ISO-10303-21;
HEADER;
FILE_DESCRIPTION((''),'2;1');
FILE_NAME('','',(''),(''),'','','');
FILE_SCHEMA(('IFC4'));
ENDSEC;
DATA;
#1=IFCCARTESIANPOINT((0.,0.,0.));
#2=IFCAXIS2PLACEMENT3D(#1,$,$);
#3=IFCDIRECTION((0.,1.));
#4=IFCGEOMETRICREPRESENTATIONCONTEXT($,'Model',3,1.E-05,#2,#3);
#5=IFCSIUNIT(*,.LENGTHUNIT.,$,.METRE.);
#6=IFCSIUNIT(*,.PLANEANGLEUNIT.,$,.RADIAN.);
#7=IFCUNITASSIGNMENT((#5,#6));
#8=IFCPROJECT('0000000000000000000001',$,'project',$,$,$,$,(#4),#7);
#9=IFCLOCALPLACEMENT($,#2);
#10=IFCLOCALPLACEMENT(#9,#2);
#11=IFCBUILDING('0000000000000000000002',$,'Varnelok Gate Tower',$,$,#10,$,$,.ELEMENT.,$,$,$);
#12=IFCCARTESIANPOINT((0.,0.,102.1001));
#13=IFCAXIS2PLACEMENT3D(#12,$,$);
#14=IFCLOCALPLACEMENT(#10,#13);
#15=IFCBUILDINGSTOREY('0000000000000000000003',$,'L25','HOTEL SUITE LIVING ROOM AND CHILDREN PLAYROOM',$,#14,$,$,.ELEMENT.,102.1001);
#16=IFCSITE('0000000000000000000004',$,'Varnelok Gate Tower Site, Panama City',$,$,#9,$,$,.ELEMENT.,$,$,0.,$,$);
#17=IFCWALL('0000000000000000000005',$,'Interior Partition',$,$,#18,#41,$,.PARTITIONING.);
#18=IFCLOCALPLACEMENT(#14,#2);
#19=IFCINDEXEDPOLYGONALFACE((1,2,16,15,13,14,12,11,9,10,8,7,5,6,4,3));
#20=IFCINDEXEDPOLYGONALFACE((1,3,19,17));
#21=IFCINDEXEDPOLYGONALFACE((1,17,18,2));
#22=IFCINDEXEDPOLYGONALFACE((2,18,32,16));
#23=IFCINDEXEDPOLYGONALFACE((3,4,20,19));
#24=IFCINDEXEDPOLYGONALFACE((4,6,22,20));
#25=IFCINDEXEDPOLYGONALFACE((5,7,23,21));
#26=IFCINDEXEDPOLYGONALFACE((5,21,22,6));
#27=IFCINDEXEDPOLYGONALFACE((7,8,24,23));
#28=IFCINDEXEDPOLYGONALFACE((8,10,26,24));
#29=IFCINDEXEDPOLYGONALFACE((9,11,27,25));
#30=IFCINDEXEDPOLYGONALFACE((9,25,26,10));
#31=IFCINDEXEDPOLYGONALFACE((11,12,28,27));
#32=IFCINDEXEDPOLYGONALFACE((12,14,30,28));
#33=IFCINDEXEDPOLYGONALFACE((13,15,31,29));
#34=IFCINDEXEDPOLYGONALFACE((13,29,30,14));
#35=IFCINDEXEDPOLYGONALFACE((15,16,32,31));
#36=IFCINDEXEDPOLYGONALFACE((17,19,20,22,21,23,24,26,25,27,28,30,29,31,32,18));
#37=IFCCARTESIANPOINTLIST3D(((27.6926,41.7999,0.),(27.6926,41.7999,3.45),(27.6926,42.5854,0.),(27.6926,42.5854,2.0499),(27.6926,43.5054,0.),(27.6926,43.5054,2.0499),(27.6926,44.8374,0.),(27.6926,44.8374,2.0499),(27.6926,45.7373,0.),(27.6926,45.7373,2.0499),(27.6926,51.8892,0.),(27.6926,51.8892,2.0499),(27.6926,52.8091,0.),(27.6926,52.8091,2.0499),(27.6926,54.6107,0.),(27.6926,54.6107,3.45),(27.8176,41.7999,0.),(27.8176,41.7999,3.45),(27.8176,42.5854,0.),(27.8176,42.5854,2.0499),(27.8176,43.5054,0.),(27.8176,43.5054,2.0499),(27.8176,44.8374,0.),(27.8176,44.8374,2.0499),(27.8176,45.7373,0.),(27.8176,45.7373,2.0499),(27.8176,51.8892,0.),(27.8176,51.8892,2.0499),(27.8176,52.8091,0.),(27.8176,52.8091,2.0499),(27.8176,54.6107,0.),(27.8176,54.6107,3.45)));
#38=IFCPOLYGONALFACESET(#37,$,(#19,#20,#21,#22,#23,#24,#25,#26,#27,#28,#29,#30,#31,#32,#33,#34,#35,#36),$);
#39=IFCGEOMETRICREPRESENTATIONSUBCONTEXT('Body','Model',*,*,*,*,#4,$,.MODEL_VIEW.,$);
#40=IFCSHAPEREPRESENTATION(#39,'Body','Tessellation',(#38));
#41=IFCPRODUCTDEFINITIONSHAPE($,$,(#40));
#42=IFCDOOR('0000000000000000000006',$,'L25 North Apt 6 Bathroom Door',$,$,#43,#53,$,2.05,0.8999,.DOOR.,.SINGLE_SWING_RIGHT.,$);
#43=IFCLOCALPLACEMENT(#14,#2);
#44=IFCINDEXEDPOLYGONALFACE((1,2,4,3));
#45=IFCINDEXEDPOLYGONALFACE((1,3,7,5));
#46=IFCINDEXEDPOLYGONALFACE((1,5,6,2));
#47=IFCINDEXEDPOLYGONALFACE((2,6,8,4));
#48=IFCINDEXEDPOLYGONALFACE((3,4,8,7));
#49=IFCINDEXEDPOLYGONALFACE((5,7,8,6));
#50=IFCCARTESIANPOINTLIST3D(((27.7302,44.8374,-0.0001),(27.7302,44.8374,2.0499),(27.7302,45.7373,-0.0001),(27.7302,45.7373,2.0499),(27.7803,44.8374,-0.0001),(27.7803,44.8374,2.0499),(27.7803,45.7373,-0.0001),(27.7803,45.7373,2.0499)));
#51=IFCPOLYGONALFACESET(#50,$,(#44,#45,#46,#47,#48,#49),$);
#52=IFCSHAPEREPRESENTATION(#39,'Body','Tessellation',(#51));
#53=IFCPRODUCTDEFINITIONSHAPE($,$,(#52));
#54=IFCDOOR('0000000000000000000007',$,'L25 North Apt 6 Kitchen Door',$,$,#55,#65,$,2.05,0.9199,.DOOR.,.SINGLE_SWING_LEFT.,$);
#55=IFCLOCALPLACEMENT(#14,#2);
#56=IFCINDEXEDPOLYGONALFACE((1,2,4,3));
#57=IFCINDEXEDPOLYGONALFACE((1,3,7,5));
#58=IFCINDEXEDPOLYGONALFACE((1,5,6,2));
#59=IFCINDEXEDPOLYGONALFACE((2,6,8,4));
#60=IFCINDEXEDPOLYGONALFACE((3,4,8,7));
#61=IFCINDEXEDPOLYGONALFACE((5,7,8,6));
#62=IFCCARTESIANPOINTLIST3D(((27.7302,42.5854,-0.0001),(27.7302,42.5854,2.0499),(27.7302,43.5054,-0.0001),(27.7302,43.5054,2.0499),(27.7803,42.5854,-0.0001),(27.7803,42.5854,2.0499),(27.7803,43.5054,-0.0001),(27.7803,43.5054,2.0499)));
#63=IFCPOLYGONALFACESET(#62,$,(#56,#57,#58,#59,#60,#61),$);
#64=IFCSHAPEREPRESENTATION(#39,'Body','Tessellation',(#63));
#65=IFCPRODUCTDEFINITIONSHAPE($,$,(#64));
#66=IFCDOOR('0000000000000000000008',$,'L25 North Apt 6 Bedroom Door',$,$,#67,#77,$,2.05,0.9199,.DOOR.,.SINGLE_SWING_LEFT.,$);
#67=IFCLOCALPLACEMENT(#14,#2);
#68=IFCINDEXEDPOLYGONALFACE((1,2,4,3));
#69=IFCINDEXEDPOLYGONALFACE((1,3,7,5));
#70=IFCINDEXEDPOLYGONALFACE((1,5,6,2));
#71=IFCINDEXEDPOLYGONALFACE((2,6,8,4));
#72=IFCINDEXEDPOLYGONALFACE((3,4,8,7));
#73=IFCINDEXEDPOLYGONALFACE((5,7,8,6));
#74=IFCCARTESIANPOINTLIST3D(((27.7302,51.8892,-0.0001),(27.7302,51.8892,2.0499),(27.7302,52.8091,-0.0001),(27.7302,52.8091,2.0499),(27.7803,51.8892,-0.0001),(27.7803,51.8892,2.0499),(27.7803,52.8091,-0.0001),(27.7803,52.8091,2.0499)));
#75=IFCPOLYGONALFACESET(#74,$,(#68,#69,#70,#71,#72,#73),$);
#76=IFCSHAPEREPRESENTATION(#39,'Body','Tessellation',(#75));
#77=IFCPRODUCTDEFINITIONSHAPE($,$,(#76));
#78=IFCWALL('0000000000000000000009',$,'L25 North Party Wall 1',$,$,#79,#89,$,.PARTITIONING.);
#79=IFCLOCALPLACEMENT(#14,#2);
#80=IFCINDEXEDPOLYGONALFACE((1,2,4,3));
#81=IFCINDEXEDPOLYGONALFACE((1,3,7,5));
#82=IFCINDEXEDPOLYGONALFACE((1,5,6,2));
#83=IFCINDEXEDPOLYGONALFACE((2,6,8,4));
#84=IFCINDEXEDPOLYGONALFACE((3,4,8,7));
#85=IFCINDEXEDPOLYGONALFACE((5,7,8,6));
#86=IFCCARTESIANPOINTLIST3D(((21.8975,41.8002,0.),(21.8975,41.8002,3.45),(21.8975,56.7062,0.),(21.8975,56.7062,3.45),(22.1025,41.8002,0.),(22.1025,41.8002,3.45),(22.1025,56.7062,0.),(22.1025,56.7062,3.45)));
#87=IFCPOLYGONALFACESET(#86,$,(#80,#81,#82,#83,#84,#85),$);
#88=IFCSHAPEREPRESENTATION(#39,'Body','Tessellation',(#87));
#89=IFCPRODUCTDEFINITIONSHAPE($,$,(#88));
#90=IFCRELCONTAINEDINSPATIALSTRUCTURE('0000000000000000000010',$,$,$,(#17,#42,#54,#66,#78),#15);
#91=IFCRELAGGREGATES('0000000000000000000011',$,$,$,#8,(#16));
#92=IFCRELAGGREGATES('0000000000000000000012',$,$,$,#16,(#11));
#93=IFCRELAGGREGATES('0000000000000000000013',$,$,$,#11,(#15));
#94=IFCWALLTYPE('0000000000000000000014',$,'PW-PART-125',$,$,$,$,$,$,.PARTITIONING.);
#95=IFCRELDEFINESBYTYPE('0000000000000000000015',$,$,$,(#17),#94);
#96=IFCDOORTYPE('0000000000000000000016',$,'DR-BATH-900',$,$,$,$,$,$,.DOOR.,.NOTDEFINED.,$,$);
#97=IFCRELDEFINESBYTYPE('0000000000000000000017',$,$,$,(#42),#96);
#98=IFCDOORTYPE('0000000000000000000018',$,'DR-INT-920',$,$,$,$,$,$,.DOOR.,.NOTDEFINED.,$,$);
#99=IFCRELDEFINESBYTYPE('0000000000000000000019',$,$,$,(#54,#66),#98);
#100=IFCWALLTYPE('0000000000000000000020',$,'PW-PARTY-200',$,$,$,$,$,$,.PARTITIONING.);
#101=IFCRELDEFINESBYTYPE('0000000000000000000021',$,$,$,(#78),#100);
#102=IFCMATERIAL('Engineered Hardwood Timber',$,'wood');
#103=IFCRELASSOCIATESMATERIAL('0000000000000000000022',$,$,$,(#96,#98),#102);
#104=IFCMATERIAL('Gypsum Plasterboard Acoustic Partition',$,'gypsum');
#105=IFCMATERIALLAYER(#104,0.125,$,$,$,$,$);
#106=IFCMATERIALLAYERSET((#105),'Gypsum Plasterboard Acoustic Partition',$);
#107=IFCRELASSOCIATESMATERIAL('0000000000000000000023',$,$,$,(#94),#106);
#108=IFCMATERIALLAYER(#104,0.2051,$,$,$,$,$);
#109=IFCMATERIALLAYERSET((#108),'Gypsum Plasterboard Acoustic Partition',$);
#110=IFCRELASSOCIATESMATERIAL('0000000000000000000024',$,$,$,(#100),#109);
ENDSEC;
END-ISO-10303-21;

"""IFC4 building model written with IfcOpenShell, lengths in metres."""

from ifc_helpers import new_model, si_unit, direction, frame, frame_2d, origin, place, context, subcontext, project, spatial, rectangle, extrude, material, layer, layer_set, type_object, element, fill, save


model = new_model("IFC4")

# Units and contexts
model_context = context("Model", 3, precision=1e-05, world=origin(), true_north=direction((0.0, 1.0)))
body_context = subcontext(model_context, "Body", "Model", "MODEL_VIEW")
ifc_project = project(units=[si_unit("LENGTHUNIT", "METRE"), si_unit("PLANEANGLEUNIT", "RADIAN")], contexts=[model_context])

# Site, building, storey
site_placement = place(None, origin())
site = spatial("IfcSite", under=ifc_project, at=site_placement, Name="Varnelok Gate Tower Site, Panama City", CompositionType="ELEMENT", RefElevation=0.0)
building_placement = place(site_placement, origin())
building = spatial("IfcBuilding", under=site, at=building_placement, Name="Varnelok Gate Tower", CompositionType="ELEMENT")
storey_placement = place(building_placement, frame((0.0, 0.0, 102.1001)))
storey = spatial("IfcBuildingStorey", under=building, at=storey_placement, Name="L25", Description="HOTEL SUITE LIVING ROOM AND CHILDREN PLAYROOM", CompositionType="ELEMENT", Elevation=102.1001)

# Shared definitions
ifc_material_1 = material(Name="Gypsum Plasterboard Acoustic Partition", Category="gypsum")
ifc_material_2 = material(Name="Engineered Hardwood Timber", Category="wood")
door_type_1 = type_object("IfcDoorType", Name="DR-BATH-900", OperationType="NOTDEFINED", PredefinedType="DOOR", material=ifc_material_2)

# Wall, openings, doors
ifc_layer_1 = layer(ifc_material_1, 0.125)
ifc_layer_set_1 = layer_set([ifc_layer_1], Name="Gypsum Plasterboard Acoustic Partition")
wall_type_1 = type_object("IfcWallType", Name="PW-PART-125", PredefinedType="PARTITIONING", material=ifc_layer_set_1)
wall_1_placement = place(storey_placement, frame((27.7551, 41.8, 0.0), z_axis=(0.0, 0.0, 1.0), x_axis=(0.0, 1.0, 0.0)))
wall_1 = element("IfcWall", 1, at=wall_1_placement, inside=storey, type_object=wall_type_1, Name="Interior Partition", PredefinedType="PARTITIONING", context=body_context, shape_type="SweptSolid", body=[
    extrude(rectangle(XDim=12.8108, YDim=0.125, at=frame_2d((6.4053, 0.0))), origin(), (0.0, 0.0, 1.0), 3.45),
])
opening_1_placement = place(wall_1_placement, frame((0.7854, 0.0, 0.0)))
opening_1 = element("IfcOpeningElement", 2, at=opening_1_placement, cuts=wall_1, PredefinedType="OPENING", context=body_context, shape_type="SweptSolid", body=[
    extrude(rectangle(XDim=0.9199, YDim=2.05, at=frame_2d((0.46, 1.0249))), frame((0.0, 0.0725, 0.0), z_axis=(0.0, -1.0, 0.0), x_axis=(1.0, 0.0, 0.0)), (0.0, 0.0, 1.0), 0.145),
])
opening_2_placement = place(wall_1_placement, frame((3.0374, 0.0, 0.0)))
opening_2 = element("IfcOpeningElement", 3, at=opening_2_placement, cuts=wall_1, PredefinedType="OPENING", context=body_context, shape_type="SweptSolid", body=[
    extrude(rectangle(XDim=0.8999, YDim=2.05, at=frame_2d((0.45, 1.0249))), frame((0.0, 0.0725, 0.0), z_axis=(0.0, -1.0, 0.0), x_axis=(1.0, 0.0, 0.0)), (0.0, 0.0, 1.0), 0.145),
])
opening_3_placement = place(wall_1_placement, frame((10.0891, 0.0, 0.0)))
opening_3 = element("IfcOpeningElement", 4, at=opening_3_placement, cuts=wall_1, PredefinedType="OPENING", context=body_context, shape_type="SweptSolid", body=[
    extrude(rectangle(XDim=0.9199, YDim=2.05, at=frame_2d((0.46, 1.0249))), frame((0.0, 0.0725, 0.0), z_axis=(0.0, -1.0, 0.0), x_axis=(1.0, 0.0, 0.0)), (0.0, 0.0, 1.0), 0.145),
])
door_1_placement = place(opening_2_placement, origin())
door_1 = element("IfcDoor", 5, at=door_1_placement, inside=storey, type_object=door_type_1, Name="L25 North Apt 6 Bathroom Door", OperationType="SINGLE_SWING_RIGHT", OverallHeight=2.05, OverallWidth=0.8999, PredefinedType="DOOR", context=body_context, shape_type="SweptSolid", body=[
    extrude(rectangle(XDim=0.8999, YDim=2.05, at=frame_2d((0.45, 1.0249))), frame((0.0, 0.0249, 0.0), z_axis=(0.0, -1.0, 0.0), x_axis=(1.0, 0.0, 0.0)), (0.0, 0.0, 1.0), 0.05),
])
fill(opening_2, door_1)
door_type_2 = type_object("IfcDoorType", Name="DR-INT-920", OperationType="NOTDEFINED", PredefinedType="DOOR", material=ifc_material_2)
door_2_placement = place(opening_1_placement, origin())
door_2 = element("IfcDoor", 6, at=door_2_placement, inside=storey, type_object=door_type_2, Name="L25 North Apt 6 Kitchen Door", OperationType="SINGLE_SWING_LEFT", OverallHeight=2.05, OverallWidth=0.9199, PredefinedType="DOOR", context=body_context, shape_type="SweptSolid", body=[
    extrude(rectangle(XDim=0.9199, YDim=2.05, at=frame_2d((0.46, 1.0249))), frame((0.0, 0.0249, 0.0), z_axis=(0.0, -1.0, 0.0), x_axis=(1.0, 0.0, 0.0)), (0.0, 0.0, 1.0), 0.05),
])
fill(opening_1, door_2)
door_3_placement = place(opening_3_placement, origin())
door_3 = element("IfcDoor", 7, at=door_3_placement, inside=storey, type_object=door_type_2, Name="L25 North Apt 6 Bedroom Door", OperationType="SINGLE_SWING_LEFT", OverallHeight=2.05, OverallWidth=0.9199, PredefinedType="DOOR", context=body_context, shape_type="SweptSolid", body=[
    extrude(rectangle(XDim=0.9199, YDim=2.05, at=frame_2d((0.46, 1.0249))), frame((0.0, 0.0249, 0.0), z_axis=(0.0, -1.0, 0.0), x_axis=(1.0, 0.0, 0.0)), (0.0, 0.0, 1.0), 0.05),
])
fill(opening_3, door_3)

# Wall
ifc_layer_2 = layer(ifc_material_1, 0.2051)
ifc_layer_set_2 = layer_set([ifc_layer_2], Name="Gypsum Plasterboard Acoustic Partition")
wall_type_2 = type_object("IfcWallType", Name="PW-PARTY-200", PredefinedType="PARTITIONING", material=ifc_layer_set_2)
wall_2_placement = place(storey_placement, frame((22.0, 41.8, 0.0), z_axis=(0.0, 0.0, 1.0), x_axis=(0.0, 1.0, 0.0)))
element("IfcWall", 8, at=wall_2_placement, inside=storey, type_object=wall_type_2, Name="L25 North Party Wall 1", PredefinedType="PARTITIONING", context=body_context, shape_type="SweptSolid", body=[
    extrude(rectangle(XDim=14.906, YDim=0.2051, at=frame_2d((7.4531, 0.0))), origin(), (0.0, 0.0, 1.0), 3.45),
])

save(model, "model.ifc")
